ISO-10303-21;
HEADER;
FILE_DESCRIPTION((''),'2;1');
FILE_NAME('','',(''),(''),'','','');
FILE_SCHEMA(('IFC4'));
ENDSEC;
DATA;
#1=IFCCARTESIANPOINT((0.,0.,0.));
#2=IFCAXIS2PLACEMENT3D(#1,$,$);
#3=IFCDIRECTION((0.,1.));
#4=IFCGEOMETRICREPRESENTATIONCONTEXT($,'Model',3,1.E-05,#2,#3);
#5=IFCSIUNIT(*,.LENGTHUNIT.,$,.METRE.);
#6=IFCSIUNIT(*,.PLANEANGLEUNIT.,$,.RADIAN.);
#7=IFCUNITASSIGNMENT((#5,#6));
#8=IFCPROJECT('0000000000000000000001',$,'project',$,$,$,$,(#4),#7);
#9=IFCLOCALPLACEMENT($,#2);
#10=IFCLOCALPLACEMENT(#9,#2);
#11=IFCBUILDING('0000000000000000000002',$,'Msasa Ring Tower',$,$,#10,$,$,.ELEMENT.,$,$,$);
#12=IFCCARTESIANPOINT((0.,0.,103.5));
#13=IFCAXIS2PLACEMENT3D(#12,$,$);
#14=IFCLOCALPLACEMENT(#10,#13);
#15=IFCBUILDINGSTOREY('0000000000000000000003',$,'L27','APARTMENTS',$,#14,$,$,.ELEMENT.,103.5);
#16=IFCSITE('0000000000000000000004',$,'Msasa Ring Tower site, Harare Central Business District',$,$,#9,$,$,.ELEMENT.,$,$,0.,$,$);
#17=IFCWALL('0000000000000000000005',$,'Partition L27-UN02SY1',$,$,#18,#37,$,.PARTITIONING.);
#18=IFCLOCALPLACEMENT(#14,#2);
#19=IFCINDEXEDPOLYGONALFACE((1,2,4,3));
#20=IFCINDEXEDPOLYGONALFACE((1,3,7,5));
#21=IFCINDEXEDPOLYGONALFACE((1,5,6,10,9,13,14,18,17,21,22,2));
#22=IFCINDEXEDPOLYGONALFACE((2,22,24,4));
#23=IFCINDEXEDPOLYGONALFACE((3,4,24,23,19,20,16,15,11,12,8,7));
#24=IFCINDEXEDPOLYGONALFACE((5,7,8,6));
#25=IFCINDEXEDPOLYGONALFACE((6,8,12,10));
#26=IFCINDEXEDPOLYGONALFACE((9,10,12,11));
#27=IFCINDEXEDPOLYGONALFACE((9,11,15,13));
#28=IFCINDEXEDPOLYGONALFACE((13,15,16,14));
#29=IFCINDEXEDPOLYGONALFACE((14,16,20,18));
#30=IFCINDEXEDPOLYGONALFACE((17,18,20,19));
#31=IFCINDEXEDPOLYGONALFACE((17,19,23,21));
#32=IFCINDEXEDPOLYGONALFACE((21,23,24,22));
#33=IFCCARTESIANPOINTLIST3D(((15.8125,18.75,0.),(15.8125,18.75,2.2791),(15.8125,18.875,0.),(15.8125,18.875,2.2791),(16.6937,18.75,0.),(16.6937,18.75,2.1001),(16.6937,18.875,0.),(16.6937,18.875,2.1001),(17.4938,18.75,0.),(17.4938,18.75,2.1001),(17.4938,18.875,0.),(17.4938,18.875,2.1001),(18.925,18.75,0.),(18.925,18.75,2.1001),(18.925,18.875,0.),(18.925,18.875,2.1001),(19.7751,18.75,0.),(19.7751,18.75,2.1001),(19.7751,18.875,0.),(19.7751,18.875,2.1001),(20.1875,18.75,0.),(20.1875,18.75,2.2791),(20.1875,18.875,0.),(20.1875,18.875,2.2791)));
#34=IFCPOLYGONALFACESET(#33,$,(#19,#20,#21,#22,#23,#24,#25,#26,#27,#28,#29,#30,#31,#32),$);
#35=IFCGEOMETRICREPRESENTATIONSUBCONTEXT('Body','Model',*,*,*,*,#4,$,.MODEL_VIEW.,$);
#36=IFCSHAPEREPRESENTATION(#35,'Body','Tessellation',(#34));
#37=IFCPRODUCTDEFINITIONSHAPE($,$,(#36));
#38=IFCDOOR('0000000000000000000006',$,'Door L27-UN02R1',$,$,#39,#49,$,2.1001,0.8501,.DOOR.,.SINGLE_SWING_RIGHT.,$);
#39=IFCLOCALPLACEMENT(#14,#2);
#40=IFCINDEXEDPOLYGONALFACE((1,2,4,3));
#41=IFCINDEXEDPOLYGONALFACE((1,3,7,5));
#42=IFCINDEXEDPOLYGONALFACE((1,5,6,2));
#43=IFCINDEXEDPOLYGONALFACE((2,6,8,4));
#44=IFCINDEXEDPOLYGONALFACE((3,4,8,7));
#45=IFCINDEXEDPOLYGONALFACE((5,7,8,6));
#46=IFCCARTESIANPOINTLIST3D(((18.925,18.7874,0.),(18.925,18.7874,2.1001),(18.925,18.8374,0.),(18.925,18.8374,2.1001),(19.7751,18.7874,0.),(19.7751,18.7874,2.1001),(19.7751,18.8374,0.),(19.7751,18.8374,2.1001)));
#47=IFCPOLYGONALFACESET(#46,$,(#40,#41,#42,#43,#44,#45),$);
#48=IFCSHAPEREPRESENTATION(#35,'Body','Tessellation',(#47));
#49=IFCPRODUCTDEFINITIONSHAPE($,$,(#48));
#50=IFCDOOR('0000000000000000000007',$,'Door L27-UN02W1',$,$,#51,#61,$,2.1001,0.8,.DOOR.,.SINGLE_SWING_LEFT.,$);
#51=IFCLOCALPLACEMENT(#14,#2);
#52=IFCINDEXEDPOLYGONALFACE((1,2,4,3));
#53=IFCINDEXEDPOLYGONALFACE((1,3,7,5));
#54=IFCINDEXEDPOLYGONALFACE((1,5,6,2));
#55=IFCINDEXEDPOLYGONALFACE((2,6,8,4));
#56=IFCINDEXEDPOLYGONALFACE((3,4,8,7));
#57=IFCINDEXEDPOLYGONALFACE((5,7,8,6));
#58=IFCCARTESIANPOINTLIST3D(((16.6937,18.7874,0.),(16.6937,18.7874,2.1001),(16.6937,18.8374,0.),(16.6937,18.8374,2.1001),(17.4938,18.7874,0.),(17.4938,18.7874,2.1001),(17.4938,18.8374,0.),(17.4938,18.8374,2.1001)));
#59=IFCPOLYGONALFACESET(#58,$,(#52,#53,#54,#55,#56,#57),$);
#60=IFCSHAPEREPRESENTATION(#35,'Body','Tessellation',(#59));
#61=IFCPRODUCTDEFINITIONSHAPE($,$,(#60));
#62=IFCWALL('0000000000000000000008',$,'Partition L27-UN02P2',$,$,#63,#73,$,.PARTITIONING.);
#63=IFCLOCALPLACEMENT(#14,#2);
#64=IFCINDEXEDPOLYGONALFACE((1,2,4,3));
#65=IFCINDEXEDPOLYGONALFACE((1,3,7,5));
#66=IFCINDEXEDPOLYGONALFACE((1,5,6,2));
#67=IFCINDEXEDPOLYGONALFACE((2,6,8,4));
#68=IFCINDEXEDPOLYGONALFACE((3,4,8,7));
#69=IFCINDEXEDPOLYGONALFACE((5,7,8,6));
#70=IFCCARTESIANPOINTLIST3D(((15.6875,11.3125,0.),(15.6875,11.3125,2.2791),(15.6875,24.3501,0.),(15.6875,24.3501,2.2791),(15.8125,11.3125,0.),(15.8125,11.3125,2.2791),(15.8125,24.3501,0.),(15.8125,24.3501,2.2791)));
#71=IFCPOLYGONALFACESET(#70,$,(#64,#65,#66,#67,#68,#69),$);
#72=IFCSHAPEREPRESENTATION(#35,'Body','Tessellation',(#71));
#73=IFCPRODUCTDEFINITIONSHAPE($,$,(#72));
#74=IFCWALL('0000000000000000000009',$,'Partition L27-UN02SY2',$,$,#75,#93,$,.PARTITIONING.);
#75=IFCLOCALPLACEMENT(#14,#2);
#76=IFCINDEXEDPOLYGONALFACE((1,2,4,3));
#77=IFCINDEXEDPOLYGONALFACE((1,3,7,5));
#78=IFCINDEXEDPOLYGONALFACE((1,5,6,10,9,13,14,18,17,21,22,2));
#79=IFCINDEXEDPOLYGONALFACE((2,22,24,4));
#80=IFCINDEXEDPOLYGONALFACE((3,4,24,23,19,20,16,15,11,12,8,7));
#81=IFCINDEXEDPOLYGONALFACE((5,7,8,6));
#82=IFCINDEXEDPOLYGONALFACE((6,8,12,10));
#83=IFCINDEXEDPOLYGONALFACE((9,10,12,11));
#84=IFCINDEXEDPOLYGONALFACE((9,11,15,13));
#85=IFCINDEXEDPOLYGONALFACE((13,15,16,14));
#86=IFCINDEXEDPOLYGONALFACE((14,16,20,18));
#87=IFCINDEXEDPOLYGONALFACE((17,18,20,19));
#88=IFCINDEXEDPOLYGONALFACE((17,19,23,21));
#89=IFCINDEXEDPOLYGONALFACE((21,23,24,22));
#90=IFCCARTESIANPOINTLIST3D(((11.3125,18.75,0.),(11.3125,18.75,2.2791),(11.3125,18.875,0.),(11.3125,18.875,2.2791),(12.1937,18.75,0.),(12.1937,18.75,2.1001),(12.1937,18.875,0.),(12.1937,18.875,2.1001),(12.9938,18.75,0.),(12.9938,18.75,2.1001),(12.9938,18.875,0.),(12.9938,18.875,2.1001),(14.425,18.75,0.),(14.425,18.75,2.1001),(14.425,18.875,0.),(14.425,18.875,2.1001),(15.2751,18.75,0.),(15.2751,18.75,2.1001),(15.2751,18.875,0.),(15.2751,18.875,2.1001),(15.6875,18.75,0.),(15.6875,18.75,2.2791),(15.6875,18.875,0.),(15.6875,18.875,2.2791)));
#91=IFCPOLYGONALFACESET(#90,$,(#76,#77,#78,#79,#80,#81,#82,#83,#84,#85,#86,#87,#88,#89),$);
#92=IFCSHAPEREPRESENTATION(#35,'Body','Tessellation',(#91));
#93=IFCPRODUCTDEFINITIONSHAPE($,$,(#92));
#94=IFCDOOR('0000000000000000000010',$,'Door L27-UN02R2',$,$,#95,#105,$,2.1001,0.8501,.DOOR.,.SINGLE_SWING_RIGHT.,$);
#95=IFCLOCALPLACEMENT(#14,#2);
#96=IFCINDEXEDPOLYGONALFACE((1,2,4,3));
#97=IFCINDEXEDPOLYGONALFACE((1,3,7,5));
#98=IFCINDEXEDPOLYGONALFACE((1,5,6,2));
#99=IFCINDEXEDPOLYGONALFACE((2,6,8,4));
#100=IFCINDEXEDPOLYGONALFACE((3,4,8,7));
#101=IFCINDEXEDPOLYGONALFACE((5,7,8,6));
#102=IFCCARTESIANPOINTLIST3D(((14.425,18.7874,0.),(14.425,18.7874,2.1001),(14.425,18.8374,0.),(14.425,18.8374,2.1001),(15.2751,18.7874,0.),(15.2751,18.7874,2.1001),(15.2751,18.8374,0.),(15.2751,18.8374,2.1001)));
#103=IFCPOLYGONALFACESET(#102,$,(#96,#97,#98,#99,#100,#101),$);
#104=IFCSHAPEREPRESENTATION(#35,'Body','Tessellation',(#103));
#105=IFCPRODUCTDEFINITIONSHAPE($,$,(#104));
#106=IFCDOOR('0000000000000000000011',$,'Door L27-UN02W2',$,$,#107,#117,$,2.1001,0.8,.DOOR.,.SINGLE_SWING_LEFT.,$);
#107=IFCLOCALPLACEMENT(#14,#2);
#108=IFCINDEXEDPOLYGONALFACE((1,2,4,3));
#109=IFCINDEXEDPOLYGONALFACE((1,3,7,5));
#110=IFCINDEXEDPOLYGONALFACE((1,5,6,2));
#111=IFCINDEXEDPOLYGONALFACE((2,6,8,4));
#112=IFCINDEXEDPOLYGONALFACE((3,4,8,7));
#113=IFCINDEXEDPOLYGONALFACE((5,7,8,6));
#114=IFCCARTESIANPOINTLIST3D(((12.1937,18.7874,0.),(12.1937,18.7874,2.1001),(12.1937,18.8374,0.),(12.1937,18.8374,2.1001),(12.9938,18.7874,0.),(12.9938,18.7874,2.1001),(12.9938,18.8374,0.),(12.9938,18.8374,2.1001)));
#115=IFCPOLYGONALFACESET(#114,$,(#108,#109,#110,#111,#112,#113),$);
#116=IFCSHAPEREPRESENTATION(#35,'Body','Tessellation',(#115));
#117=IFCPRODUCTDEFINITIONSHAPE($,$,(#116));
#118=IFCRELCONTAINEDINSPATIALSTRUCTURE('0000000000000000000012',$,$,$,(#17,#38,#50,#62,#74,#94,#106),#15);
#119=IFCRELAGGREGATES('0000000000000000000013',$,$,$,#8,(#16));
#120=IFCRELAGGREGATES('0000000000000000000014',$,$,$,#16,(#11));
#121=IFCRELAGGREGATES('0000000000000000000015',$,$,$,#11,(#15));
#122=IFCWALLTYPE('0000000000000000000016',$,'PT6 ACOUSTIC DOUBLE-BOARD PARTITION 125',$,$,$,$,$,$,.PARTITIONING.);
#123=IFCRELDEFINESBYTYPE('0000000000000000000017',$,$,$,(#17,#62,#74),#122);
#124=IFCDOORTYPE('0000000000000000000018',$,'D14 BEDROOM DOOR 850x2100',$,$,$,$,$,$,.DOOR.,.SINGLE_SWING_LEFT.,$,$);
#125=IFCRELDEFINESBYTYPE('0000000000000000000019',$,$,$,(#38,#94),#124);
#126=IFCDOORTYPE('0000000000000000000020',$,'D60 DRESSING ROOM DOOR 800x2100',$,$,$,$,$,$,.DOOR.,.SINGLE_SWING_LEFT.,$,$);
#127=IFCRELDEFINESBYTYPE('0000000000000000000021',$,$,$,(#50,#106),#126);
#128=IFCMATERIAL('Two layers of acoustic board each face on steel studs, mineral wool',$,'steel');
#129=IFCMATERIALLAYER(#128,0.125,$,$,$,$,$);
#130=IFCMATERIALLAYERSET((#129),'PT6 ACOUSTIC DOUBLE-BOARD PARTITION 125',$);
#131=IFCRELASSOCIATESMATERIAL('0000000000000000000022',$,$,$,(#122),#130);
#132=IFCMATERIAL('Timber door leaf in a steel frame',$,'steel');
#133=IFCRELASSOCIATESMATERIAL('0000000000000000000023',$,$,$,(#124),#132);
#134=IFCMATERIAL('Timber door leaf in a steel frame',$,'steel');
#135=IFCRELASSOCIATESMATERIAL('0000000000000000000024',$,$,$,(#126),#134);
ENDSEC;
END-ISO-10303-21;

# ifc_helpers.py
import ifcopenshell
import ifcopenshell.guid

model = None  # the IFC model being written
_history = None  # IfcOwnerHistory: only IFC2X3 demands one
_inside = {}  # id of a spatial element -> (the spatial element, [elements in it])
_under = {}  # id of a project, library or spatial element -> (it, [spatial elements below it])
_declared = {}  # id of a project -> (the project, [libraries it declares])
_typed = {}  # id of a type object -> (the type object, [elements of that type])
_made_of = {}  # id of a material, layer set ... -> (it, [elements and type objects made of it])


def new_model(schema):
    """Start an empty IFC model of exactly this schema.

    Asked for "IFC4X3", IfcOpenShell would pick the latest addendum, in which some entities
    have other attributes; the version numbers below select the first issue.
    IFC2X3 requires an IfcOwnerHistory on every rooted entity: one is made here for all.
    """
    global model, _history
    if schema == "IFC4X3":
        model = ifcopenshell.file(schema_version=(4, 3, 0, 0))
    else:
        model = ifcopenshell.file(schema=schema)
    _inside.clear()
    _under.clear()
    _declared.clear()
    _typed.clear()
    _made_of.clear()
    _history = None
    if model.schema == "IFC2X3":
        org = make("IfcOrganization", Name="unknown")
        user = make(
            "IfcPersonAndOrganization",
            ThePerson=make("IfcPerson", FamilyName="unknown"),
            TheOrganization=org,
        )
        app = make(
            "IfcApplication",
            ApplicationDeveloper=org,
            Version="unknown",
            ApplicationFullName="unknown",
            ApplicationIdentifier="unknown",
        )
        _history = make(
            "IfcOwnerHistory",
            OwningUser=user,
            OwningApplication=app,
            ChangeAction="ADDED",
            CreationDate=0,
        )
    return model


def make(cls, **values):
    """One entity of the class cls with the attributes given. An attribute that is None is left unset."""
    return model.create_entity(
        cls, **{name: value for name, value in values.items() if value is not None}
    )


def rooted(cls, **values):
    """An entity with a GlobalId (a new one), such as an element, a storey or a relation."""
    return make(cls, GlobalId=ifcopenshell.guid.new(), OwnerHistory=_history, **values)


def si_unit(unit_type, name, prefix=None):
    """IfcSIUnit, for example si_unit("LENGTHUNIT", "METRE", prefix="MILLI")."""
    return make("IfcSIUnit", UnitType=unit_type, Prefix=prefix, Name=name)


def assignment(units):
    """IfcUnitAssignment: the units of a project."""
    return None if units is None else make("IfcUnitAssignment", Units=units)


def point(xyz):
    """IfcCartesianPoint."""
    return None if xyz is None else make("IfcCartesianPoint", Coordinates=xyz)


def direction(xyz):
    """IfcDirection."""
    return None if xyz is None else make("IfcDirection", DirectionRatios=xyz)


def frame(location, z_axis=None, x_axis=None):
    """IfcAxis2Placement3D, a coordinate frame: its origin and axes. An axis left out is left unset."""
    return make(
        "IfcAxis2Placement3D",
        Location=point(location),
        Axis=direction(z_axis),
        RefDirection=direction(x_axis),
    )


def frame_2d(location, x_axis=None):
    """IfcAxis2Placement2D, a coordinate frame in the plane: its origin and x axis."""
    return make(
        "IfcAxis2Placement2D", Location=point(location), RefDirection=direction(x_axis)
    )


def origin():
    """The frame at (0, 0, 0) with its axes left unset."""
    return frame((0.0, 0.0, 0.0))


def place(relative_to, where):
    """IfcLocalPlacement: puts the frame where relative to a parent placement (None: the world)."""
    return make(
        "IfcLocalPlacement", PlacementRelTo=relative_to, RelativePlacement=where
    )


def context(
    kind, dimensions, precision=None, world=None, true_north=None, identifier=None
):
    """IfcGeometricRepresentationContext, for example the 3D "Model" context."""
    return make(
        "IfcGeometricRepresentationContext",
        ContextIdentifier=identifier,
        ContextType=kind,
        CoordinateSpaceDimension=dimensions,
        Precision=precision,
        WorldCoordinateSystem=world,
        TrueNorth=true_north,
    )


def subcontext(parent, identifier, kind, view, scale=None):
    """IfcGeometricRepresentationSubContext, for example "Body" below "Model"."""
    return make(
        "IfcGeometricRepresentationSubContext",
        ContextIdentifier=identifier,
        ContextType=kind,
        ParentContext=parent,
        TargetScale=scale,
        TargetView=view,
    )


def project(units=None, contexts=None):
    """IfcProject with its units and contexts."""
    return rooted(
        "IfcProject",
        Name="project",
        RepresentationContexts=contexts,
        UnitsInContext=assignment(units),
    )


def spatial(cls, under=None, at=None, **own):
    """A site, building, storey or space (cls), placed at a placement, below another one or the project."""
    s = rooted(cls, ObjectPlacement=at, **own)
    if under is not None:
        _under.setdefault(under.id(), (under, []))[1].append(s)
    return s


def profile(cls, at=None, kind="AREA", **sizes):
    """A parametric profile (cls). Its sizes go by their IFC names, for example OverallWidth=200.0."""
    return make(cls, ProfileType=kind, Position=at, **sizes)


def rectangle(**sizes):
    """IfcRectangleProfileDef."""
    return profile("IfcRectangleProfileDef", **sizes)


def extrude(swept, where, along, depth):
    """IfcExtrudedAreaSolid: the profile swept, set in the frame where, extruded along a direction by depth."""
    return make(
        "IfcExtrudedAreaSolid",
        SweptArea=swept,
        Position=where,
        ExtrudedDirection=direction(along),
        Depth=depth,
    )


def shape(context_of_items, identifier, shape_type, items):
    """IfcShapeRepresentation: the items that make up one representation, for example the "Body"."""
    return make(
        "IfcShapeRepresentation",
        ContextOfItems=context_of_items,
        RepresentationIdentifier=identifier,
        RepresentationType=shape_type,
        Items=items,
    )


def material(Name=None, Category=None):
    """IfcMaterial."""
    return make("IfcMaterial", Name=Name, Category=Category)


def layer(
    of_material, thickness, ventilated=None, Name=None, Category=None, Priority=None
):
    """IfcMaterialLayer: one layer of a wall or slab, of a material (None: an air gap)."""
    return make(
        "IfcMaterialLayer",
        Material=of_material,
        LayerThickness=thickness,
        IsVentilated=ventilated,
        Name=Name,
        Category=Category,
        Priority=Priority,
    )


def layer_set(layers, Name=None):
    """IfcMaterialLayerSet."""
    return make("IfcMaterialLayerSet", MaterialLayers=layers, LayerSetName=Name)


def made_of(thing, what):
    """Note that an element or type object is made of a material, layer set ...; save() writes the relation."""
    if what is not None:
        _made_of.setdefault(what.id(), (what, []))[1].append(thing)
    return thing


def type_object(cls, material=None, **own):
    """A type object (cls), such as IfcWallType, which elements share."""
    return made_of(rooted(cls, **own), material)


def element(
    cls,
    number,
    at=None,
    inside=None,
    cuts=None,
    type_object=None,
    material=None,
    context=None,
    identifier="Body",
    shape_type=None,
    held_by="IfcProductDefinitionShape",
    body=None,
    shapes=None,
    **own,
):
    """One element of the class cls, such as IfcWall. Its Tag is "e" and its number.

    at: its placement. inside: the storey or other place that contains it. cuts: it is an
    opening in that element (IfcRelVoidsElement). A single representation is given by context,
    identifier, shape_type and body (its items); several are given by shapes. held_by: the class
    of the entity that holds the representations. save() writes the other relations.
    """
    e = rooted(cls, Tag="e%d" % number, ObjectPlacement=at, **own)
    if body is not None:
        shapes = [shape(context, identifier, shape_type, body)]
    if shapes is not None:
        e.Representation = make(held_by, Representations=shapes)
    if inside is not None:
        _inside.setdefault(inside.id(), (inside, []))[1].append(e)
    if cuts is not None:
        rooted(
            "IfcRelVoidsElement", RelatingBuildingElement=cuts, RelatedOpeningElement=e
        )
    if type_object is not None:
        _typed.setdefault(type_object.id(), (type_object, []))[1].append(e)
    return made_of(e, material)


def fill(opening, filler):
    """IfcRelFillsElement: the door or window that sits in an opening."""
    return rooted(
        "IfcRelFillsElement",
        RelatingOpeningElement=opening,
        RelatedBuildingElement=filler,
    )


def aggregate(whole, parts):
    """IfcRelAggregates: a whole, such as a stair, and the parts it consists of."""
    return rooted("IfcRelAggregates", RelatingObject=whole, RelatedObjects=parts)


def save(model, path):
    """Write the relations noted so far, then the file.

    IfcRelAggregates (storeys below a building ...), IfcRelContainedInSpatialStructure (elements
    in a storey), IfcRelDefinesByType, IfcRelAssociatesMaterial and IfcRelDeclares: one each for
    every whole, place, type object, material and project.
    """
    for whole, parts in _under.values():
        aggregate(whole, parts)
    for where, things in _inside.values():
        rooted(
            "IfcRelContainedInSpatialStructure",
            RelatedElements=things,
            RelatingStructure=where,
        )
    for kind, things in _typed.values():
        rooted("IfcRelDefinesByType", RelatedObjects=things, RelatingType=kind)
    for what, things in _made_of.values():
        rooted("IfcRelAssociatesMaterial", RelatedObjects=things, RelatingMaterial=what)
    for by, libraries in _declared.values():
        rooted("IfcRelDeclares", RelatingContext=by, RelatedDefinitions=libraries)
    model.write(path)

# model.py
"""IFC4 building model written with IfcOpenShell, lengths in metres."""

from ifc_helpers import new_model, si_unit, direction, frame, frame_2d, origin, place, context, subcontext, project, spatial, rectangle, extrude, material, layer, layer_set, type_object, element, fill, save


model = new_model("IFC4")

# Units and contexts
model_context = context("Model", 3, precision=1e-05, world=origin(), true_north=direction((0.0, 1.0)))
body_context = subcontext(model_context, "Body", "Model", "MODEL_VIEW")
ifc_project = project(units=[si_unit("LENGTHUNIT", "METRE"), si_unit("PLANEANGLEUNIT", "RADIAN")], contexts=[model_context])

# Site, building, storey
site_placement = place(None, origin())
site = spatial("IfcSite", under=ifc_project, at=site_placement, Name="Msasa Ring Tower site, Harare Central Business District", CompositionType="ELEMENT", RefElevation=0.0)
building_placement = place(site_placement, origin())
building = spatial("IfcBuilding", under=site, at=building_placement, Name="Msasa Ring Tower", CompositionType="ELEMENT")
storey_placement = place(building_placement, frame((0.0, 0.0, 103.5)))
storey = spatial("IfcBuildingStorey", under=building, at=storey_placement, Name="L27", Description="APARTMENTS", CompositionType="ELEMENT", Elevation=103.5)

# Shared definitions
ifc_material_1 = material(Name="Two layers of acoustic board each face on steel studs, mineral wool", Category="steel")
ifc_layer_1 = layer(ifc_material_1, 0.125)
ifc_layer_set_1 = layer_set([ifc_layer_1], Name="PT6 ACOUSTIC DOUBLE-BOARD PARTITION 125")
wall_type_1 = type_object("IfcWallType", Name="PT6 ACOUSTIC DOUBLE-BOARD PARTITION 125", PredefinedType="PARTITIONING", material=ifc_layer_set_1)

# Wall, openings, doors
wall_1_placement = place(storey_placement, frame((15.8125, 18.8125, 0.0), z_axis=(0.0, 0.0, 1.0), x_axis=(1.0, 0.0, 0.0)))
wall_1 = element("IfcWall", 1, at=wall_1_placement, inside=storey, type_object=wall_type_1, Name="Partition L27-UN02SY1", PredefinedType="PARTITIONING", context=body_context, shape_type="SweptSolid", body=[
    extrude(rectangle(XDim=4.375, YDim=0.125, at=frame_2d((2.1875, 0.0))), origin(), (0.0, 0.0, 1.0), 2.2791),
])
opening_1_placement = place(wall_1_placement, frame((3.1125, 0.0, 0.0)))
opening_1 = element("IfcOpeningElement", 2, at=opening_1_placement, cuts=wall_1, PredefinedType="OPENING", context=body_context, shape_type="SweptSolid", body=[
    extrude(rectangle(XDim=0.8501, YDim=2.1001, at=frame_2d((0.425, 1.05))), frame((0.0, 0.0725, 0.0), z_axis=(0.0, -1.0, 0.0), x_axis=(1.0, 0.0, 0.0)), (0.0, 0.0, 1.0), 0.145),
])
opening_2_placement = place(wall_1_placement, frame((0.8813, 0.0, 0.0)))
opening_2 = element("IfcOpeningElement", 3, at=opening_2_placement, cuts=wall_1, PredefinedType="OPENING", context=body_context, shape_type="SweptSolid", body=[
    extrude(rectangle(XDim=0.8, YDim=2.1001, at=frame_2d((0.3999, 1.05))), frame((0.0, 0.0725, 0.0), z_axis=(0.0, -1.0, 0.0), x_axis=(1.0, 0.0, 0.0)), (0.0, 0.0, 1.0), 0.145),
])
ifc_material_2 = material(Name="Timber door leaf in a steel frame", Category="steel")
door_type_1 = type_object("IfcDoorType", Name="D14 BEDROOM DOOR 850x2100", OperationType="SINGLE_SWING_LEFT", PredefinedType="DOOR", material=ifc_material_2)
door_1_placement = place(opening_1_placement, origin())
door_1 = element("IfcDoor", 4, at=door_1_placement, inside=storey, type_object=door_type_1, Name="Door L27-UN02R1", OperationType="SINGLE_SWING_RIGHT", OverallHeight=2.1001, OverallWidth=0.8501, PredefinedType="DOOR", context=body_context, shape_type="SweptSolid", body=[
    extrude(rectangle(XDim=0.8501, YDim=2.1001, at=frame_2d((0.425, 1.05))), frame((0.0, 0.0249, 0.0), z_axis=(0.0, -1.0, 0.0), x_axis=(1.0, 0.0, 0.0)), (0.0, 0.0, 1.0), 0.05),
])
fill(opening_1, door_1)
ifc_material_3 = material(Name="Timber door leaf in a steel frame", Category="steel")
door_type_2 = type_object("IfcDoorType", Name="D60 DRESSING ROOM DOOR 800x2100", OperationType="SINGLE_SWING_LEFT", PredefinedType="DOOR", material=ifc_material_3)
door_2_placement = place(opening_2_placement, origin())
door_2 = element("IfcDoor", 5, at=door_2_placement, inside=storey, type_object=door_type_2, Name="Door L27-UN02W1", OperationType="SINGLE_SWING_LEFT", OverallHeight=2.1001, OverallWidth=0.8, PredefinedType="DOOR", context=body_context, shape_type="SweptSolid", body=[
    extrude(rectangle(XDim=0.8, YDim=2.1001, at=frame_2d((0.3999, 1.05))), frame((0.0, 0.0249, 0.0), z_axis=(0.0, -1.0, 0.0), x_axis=(1.0, 0.0, 0.0)), (0.0, 0.0, 1.0), 0.05),
])
fill(opening_2, door_2)

# Wall
wall_2_placement = place(storey_placement, frame((15.75, 11.3125, 0.0), z_axis=(0.0, 0.0, 1.0), x_axis=(0.0, 1.0, 0.0)))
element("IfcWall", 6, at=wall_2_placement, inside=storey, type_object=wall_type_1, Name="Partition L27-UN02P2", PredefinedType="PARTITIONING", context=body_context, shape_type="SweptSolid", body=[
    extrude(rectangle(XDim=13.0376, YDim=0.125, at=frame_2d((6.5188, 0.0))), origin(), (0.0, 0.0, 1.0), 2.2791),
])

# Wall, openings, doors
wall_3_placement = place(storey_placement, frame((11.3125, 18.8125, 0.0), z_axis=(0.0, 0.0, 1.0), x_axis=(1.0, 0.0, 0.0)))
wall_3 = element("IfcWall", 7, at=wall_3_placement, inside=storey, type_object=wall_type_1, Name="Partition L27-UN02SY2", PredefinedType="PARTITIONING", context=body_context, shape_type="SweptSolid", body=[
    extrude(rectangle(XDim=4.375, YDim=0.125, at=frame_2d((2.1875, 0.0))), origin(), (0.0, 0.0, 1.0), 2.2791),
])
opening_3_placement = place(wall_3_placement, frame((3.1125, 0.0, 0.0)))
opening_3 = element("IfcOpeningElement", 8, at=opening_3_placement, cuts=wall_3, PredefinedType="OPENING", context=body_context, shape_type="SweptSolid", body=[
    extrude(rectangle(XDim=0.8501, YDim=2.1001, at=frame_2d((0.425, 1.05))), frame((0.0, 0.0725, 0.0), z_axis=(0.0, -1.0, 0.0), x_axis=(1.0, 0.0, 0.0)), (0.0, 0.0, 1.0), 0.145),
])
opening_4_placement = place(wall_3_placement, frame((0.8813, 0.0, 0.0)))
opening_4 = element("IfcOpeningElement", 9, at=opening_4_placement, cuts=wall_3, PredefinedType="OPENING", context=body_context, shape_type="SweptSolid", body=[
    extrude(rectangle(XDim=0.8, YDim=2.1001, at=frame_2d((0.3999, 1.05))), frame((0.0, 0.0725, 0.0), z_axis=(0.0, -1.0, 0.0), x_axis=(1.0, 0.0, 0.0)), (0.0, 0.0, 1.0), 0.145),
])
door_3_placement = place(opening_3_placement, origin())
door_3 = element("IfcDoor", 10, at=door_3_placement, inside=storey, type_object=door_type_1, Name="Door L27-UN02R2", OperationType="SINGLE_SWING_RIGHT", OverallHeight=2.1001, OverallWidth=0.8501, PredefinedType="DOOR", context=body_context, shape_type="SweptSolid", body=[
    extrude(rectangle(XDim=0.8501, YDim=2.1001, at=frame_2d((0.425, 1.05))), frame((0.0, 0.0249, 0.0), z_axis=(0.0, -1.0, 0.0), x_axis=(1.0, 0.0, 0.0)), (0.0, 0.0, 1.0), 0.05),
])
fill(opening_3, door_3)
door_4_placement = place(opening_4_placement, origin())
door_4 = element("IfcDoor", 11, at=door_4_placement, inside=storey, type_object=door_type_2, Name="Door L27-UN02W2", OperationType="SINGLE_SWING_LEFT", OverallHeight=2.1001, OverallWidth=0.8, PredefinedType="DOOR", context=body_context, shape_type="SweptSolid", body=[
    extrude(rectangle(XDim=0.8, YDim=2.1001, at=frame_2d((0.3999, 1.05))), frame((0.0, 0.0249, 0.0), z_axis=(0.0, -1.0, 0.0), x_axis=(1.0, 0.0, 0.0)), (0.0, 0.0, 1.0), 0.05),
])
fill(opening_4, door_4)

save(model, "model.ifc")
